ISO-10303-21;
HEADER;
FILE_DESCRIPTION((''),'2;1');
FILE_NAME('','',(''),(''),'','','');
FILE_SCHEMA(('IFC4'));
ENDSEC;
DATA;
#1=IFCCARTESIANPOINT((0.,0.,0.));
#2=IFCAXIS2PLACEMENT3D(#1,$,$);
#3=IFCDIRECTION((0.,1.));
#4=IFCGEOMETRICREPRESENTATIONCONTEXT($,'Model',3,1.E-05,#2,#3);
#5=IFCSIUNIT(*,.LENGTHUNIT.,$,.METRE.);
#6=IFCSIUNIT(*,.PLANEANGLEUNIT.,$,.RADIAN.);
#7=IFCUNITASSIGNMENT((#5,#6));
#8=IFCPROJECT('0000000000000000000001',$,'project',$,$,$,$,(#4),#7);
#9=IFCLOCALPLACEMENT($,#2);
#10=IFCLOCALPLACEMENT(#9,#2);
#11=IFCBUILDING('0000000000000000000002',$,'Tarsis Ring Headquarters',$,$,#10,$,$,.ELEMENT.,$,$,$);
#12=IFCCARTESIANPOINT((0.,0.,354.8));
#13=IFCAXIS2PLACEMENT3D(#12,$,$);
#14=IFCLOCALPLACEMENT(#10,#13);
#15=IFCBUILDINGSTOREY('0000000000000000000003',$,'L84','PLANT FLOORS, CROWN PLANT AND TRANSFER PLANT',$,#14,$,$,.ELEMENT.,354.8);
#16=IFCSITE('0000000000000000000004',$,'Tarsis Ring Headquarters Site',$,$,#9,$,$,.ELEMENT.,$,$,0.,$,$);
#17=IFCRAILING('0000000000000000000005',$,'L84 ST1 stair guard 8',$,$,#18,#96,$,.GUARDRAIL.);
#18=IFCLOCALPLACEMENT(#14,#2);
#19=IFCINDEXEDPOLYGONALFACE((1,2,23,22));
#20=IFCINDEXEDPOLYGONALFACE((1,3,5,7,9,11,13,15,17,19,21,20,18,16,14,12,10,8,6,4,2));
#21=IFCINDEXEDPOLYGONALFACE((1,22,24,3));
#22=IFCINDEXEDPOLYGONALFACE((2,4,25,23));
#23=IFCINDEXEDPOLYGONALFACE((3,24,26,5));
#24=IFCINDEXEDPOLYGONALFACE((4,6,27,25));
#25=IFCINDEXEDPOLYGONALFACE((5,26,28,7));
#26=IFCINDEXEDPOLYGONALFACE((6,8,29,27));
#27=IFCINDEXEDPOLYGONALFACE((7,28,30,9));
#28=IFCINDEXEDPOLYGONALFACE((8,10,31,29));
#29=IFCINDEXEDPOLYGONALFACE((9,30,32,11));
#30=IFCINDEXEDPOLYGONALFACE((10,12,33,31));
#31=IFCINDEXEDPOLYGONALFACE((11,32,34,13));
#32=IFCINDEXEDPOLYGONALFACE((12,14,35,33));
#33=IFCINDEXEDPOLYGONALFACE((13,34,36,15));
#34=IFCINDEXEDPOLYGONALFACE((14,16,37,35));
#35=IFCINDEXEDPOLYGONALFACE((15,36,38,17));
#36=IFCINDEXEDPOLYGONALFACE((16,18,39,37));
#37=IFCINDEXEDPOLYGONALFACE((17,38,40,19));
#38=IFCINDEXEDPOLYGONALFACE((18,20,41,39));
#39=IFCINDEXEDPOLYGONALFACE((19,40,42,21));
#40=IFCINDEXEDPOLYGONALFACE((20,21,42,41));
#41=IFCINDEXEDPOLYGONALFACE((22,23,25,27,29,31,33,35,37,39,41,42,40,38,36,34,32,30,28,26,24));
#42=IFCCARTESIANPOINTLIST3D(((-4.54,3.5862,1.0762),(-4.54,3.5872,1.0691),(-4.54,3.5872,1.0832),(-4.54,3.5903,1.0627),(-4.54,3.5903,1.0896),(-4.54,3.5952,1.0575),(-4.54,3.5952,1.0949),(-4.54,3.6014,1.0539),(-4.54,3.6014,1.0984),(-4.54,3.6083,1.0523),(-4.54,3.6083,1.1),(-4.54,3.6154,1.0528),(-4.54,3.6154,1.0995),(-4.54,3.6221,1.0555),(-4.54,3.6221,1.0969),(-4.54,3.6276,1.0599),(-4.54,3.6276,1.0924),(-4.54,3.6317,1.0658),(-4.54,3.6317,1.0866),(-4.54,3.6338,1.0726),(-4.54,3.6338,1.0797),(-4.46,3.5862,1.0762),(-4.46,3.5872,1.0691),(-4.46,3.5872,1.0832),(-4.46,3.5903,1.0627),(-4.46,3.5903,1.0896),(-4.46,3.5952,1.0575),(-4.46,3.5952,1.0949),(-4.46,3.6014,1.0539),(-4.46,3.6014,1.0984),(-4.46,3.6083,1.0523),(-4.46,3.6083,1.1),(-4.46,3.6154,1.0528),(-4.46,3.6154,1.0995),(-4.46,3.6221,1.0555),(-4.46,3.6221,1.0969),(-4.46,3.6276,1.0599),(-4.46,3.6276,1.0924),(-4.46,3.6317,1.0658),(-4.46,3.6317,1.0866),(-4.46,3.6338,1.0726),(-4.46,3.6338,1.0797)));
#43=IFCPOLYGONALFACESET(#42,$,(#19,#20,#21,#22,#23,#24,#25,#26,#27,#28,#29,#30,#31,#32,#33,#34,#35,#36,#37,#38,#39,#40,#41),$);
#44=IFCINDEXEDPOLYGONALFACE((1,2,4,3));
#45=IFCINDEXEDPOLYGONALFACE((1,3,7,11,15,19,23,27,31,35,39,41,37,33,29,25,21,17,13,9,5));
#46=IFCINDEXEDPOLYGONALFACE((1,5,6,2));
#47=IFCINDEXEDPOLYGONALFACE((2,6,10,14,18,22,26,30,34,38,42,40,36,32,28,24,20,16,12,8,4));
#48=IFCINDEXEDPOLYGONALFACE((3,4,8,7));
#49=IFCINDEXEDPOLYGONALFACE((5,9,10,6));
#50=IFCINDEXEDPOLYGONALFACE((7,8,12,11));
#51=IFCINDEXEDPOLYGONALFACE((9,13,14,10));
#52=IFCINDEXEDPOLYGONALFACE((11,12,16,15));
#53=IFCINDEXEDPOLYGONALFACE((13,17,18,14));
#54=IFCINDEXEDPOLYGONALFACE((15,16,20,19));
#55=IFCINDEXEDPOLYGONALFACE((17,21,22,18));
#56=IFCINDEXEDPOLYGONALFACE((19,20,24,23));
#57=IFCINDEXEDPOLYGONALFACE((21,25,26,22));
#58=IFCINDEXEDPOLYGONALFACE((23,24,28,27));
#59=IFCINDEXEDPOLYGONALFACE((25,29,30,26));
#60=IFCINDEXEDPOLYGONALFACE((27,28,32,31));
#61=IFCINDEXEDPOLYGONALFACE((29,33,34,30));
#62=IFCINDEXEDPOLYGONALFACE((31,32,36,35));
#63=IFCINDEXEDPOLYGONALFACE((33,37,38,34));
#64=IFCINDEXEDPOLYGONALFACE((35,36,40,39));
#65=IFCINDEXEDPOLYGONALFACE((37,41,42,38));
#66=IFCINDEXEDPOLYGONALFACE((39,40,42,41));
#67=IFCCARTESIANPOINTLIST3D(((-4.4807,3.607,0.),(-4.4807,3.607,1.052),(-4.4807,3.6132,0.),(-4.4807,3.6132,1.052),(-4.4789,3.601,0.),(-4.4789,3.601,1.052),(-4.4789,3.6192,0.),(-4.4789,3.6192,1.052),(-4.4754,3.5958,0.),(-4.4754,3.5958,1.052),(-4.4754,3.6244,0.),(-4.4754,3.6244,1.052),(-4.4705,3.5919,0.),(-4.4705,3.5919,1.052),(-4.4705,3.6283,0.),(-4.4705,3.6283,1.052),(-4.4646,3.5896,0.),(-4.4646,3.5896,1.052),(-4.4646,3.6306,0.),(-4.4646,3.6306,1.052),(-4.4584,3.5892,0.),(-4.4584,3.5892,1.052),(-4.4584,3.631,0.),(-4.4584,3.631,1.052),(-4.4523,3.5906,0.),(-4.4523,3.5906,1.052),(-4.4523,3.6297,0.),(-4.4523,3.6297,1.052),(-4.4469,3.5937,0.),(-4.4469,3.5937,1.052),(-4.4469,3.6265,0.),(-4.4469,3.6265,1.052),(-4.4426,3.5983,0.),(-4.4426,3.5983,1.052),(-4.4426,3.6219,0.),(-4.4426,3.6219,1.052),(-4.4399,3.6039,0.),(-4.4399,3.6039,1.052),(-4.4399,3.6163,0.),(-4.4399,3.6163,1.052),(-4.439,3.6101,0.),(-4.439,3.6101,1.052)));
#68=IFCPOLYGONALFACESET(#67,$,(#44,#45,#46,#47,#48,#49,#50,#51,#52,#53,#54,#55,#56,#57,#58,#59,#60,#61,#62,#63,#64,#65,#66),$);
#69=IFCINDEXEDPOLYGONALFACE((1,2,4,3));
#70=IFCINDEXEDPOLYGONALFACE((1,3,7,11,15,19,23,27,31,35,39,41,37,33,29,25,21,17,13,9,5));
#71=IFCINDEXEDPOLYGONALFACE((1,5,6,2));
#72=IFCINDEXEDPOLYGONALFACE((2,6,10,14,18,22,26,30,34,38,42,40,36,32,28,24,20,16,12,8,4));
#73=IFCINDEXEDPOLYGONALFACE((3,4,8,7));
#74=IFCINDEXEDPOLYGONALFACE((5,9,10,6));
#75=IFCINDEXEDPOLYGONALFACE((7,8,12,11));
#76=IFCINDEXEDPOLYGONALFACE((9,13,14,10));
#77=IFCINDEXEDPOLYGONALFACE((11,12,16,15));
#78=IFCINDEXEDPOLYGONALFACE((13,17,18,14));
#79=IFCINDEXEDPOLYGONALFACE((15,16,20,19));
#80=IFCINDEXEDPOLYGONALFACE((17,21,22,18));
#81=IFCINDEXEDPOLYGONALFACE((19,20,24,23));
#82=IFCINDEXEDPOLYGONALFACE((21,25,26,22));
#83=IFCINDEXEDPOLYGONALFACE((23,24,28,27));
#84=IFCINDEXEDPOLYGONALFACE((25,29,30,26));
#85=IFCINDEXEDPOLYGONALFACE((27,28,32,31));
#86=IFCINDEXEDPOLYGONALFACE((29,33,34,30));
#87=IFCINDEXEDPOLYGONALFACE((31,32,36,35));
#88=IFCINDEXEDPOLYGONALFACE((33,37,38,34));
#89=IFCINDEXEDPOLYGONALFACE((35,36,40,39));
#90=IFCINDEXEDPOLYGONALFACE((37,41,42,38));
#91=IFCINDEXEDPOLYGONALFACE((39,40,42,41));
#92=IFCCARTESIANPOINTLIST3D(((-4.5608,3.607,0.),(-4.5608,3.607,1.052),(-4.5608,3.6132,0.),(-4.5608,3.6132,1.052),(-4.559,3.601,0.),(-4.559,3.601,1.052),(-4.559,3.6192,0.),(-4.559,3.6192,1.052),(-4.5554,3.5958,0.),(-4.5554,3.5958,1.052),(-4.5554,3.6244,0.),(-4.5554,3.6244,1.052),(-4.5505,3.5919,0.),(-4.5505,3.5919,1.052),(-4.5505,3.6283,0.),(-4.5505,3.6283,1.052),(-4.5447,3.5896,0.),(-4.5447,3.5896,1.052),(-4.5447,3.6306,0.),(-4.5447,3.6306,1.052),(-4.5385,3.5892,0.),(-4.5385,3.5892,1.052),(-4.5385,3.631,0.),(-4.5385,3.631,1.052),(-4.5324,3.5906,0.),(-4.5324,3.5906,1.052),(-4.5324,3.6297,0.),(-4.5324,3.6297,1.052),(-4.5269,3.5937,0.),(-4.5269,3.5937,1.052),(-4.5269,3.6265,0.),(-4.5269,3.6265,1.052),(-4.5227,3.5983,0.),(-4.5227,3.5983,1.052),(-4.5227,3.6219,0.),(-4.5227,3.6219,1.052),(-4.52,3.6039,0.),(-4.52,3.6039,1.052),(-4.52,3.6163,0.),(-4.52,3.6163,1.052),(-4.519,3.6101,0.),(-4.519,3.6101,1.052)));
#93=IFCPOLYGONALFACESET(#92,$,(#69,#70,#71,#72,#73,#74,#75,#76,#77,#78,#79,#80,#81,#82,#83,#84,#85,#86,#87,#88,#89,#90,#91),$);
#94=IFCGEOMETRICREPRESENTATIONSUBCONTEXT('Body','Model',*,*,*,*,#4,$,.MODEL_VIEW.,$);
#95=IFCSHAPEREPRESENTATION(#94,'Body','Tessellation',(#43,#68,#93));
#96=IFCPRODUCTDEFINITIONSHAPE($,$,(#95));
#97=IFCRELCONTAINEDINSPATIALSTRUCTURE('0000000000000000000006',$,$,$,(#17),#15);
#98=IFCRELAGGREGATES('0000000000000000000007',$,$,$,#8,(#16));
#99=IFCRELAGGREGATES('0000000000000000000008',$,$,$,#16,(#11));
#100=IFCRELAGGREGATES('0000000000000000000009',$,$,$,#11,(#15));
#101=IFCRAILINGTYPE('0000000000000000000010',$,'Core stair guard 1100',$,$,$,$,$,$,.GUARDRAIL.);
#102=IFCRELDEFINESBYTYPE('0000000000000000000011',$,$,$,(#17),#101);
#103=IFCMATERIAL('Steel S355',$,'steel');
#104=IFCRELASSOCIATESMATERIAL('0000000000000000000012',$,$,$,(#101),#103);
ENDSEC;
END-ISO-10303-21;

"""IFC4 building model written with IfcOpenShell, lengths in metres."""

from ifc_helpers import new_model, si_unit, direction, frame, origin, origin_2d, place, context, subcontext, project, spatial, circle, extrude, material, type_object, element, save


model = new_model("IFC4")

# Units and contexts
model_context = context("Model", 3, precision=1e-05, world=origin(), true_north=direction((0.0, 1.0)))
body_context = subcontext(model_context, "Body", "Model", "MODEL_VIEW")
ifc_project = project(units=[si_unit("LENGTHUNIT", "METRE"), si_unit("PLANEANGLEUNIT", "RADIAN")], contexts=[model_context])

# Site, building, storey
site_placement = place(None, origin())
site = spatial("IfcSite", under=ifc_project, at=site_placement, Name="Tarsis Ring Headquarters Site", CompositionType="ELEMENT", RefElevation=0.0)
building_placement = place(site_placement, origin())
building = spatial("IfcBuilding", under=site, at=building_placement, Name="Tarsis Ring Headquarters", CompositionType="ELEMENT")
storey_placement = place(building_placement, frame((0.0, 0.0, 354.8)))
storey = spatial("IfcBuildingStorey", under=building, at=storey_placement, Name="L84", Description="PLANT FLOORS, CROWN PLANT AND TRANSFER PLANT", CompositionType="ELEMENT", Elevation=354.8)

# Shared definitions
ifc_material_1 = material(Name="Steel S355", Category="steel")

# Railing
railing_type_1 = type_object("IfcRailingType", Name="Core stair guard 1100", PredefinedType="GUARDRAIL", material=ifc_material_1)
railing_1_placement = place(storey_placement, frame((-4.46, 3.6101, 0.0)))
element("IfcRailing", 1, at=railing_1_placement, inside=storey, type_object=railing_type_1, Name="L84 ST1 stair guard 8", PredefinedType="GUARDRAIL", context=body_context, shape_type="SweptSolid", body=[
    extrude(circle(Radius=0.0239, at=origin_2d()), frame((0.0, 0.0, 1.0762), z_axis=(-1.0, 0.0, 0.0), x_axis=(0.0, -1.0, 0.0)), (0.0, 0.0, 1.0), 0.0801),
    extrude(circle(Radius=0.021, at=origin_2d()), origin(), (0.0, 0.0, 1.0), 1.052),
    extrude(circle(Radius=0.021, at=origin_2d()), frame((-0.0801, 0.0, 0.0)), (0.0, 0.0, 1.0), 1.052),
])

save(model, "model.ifc")
